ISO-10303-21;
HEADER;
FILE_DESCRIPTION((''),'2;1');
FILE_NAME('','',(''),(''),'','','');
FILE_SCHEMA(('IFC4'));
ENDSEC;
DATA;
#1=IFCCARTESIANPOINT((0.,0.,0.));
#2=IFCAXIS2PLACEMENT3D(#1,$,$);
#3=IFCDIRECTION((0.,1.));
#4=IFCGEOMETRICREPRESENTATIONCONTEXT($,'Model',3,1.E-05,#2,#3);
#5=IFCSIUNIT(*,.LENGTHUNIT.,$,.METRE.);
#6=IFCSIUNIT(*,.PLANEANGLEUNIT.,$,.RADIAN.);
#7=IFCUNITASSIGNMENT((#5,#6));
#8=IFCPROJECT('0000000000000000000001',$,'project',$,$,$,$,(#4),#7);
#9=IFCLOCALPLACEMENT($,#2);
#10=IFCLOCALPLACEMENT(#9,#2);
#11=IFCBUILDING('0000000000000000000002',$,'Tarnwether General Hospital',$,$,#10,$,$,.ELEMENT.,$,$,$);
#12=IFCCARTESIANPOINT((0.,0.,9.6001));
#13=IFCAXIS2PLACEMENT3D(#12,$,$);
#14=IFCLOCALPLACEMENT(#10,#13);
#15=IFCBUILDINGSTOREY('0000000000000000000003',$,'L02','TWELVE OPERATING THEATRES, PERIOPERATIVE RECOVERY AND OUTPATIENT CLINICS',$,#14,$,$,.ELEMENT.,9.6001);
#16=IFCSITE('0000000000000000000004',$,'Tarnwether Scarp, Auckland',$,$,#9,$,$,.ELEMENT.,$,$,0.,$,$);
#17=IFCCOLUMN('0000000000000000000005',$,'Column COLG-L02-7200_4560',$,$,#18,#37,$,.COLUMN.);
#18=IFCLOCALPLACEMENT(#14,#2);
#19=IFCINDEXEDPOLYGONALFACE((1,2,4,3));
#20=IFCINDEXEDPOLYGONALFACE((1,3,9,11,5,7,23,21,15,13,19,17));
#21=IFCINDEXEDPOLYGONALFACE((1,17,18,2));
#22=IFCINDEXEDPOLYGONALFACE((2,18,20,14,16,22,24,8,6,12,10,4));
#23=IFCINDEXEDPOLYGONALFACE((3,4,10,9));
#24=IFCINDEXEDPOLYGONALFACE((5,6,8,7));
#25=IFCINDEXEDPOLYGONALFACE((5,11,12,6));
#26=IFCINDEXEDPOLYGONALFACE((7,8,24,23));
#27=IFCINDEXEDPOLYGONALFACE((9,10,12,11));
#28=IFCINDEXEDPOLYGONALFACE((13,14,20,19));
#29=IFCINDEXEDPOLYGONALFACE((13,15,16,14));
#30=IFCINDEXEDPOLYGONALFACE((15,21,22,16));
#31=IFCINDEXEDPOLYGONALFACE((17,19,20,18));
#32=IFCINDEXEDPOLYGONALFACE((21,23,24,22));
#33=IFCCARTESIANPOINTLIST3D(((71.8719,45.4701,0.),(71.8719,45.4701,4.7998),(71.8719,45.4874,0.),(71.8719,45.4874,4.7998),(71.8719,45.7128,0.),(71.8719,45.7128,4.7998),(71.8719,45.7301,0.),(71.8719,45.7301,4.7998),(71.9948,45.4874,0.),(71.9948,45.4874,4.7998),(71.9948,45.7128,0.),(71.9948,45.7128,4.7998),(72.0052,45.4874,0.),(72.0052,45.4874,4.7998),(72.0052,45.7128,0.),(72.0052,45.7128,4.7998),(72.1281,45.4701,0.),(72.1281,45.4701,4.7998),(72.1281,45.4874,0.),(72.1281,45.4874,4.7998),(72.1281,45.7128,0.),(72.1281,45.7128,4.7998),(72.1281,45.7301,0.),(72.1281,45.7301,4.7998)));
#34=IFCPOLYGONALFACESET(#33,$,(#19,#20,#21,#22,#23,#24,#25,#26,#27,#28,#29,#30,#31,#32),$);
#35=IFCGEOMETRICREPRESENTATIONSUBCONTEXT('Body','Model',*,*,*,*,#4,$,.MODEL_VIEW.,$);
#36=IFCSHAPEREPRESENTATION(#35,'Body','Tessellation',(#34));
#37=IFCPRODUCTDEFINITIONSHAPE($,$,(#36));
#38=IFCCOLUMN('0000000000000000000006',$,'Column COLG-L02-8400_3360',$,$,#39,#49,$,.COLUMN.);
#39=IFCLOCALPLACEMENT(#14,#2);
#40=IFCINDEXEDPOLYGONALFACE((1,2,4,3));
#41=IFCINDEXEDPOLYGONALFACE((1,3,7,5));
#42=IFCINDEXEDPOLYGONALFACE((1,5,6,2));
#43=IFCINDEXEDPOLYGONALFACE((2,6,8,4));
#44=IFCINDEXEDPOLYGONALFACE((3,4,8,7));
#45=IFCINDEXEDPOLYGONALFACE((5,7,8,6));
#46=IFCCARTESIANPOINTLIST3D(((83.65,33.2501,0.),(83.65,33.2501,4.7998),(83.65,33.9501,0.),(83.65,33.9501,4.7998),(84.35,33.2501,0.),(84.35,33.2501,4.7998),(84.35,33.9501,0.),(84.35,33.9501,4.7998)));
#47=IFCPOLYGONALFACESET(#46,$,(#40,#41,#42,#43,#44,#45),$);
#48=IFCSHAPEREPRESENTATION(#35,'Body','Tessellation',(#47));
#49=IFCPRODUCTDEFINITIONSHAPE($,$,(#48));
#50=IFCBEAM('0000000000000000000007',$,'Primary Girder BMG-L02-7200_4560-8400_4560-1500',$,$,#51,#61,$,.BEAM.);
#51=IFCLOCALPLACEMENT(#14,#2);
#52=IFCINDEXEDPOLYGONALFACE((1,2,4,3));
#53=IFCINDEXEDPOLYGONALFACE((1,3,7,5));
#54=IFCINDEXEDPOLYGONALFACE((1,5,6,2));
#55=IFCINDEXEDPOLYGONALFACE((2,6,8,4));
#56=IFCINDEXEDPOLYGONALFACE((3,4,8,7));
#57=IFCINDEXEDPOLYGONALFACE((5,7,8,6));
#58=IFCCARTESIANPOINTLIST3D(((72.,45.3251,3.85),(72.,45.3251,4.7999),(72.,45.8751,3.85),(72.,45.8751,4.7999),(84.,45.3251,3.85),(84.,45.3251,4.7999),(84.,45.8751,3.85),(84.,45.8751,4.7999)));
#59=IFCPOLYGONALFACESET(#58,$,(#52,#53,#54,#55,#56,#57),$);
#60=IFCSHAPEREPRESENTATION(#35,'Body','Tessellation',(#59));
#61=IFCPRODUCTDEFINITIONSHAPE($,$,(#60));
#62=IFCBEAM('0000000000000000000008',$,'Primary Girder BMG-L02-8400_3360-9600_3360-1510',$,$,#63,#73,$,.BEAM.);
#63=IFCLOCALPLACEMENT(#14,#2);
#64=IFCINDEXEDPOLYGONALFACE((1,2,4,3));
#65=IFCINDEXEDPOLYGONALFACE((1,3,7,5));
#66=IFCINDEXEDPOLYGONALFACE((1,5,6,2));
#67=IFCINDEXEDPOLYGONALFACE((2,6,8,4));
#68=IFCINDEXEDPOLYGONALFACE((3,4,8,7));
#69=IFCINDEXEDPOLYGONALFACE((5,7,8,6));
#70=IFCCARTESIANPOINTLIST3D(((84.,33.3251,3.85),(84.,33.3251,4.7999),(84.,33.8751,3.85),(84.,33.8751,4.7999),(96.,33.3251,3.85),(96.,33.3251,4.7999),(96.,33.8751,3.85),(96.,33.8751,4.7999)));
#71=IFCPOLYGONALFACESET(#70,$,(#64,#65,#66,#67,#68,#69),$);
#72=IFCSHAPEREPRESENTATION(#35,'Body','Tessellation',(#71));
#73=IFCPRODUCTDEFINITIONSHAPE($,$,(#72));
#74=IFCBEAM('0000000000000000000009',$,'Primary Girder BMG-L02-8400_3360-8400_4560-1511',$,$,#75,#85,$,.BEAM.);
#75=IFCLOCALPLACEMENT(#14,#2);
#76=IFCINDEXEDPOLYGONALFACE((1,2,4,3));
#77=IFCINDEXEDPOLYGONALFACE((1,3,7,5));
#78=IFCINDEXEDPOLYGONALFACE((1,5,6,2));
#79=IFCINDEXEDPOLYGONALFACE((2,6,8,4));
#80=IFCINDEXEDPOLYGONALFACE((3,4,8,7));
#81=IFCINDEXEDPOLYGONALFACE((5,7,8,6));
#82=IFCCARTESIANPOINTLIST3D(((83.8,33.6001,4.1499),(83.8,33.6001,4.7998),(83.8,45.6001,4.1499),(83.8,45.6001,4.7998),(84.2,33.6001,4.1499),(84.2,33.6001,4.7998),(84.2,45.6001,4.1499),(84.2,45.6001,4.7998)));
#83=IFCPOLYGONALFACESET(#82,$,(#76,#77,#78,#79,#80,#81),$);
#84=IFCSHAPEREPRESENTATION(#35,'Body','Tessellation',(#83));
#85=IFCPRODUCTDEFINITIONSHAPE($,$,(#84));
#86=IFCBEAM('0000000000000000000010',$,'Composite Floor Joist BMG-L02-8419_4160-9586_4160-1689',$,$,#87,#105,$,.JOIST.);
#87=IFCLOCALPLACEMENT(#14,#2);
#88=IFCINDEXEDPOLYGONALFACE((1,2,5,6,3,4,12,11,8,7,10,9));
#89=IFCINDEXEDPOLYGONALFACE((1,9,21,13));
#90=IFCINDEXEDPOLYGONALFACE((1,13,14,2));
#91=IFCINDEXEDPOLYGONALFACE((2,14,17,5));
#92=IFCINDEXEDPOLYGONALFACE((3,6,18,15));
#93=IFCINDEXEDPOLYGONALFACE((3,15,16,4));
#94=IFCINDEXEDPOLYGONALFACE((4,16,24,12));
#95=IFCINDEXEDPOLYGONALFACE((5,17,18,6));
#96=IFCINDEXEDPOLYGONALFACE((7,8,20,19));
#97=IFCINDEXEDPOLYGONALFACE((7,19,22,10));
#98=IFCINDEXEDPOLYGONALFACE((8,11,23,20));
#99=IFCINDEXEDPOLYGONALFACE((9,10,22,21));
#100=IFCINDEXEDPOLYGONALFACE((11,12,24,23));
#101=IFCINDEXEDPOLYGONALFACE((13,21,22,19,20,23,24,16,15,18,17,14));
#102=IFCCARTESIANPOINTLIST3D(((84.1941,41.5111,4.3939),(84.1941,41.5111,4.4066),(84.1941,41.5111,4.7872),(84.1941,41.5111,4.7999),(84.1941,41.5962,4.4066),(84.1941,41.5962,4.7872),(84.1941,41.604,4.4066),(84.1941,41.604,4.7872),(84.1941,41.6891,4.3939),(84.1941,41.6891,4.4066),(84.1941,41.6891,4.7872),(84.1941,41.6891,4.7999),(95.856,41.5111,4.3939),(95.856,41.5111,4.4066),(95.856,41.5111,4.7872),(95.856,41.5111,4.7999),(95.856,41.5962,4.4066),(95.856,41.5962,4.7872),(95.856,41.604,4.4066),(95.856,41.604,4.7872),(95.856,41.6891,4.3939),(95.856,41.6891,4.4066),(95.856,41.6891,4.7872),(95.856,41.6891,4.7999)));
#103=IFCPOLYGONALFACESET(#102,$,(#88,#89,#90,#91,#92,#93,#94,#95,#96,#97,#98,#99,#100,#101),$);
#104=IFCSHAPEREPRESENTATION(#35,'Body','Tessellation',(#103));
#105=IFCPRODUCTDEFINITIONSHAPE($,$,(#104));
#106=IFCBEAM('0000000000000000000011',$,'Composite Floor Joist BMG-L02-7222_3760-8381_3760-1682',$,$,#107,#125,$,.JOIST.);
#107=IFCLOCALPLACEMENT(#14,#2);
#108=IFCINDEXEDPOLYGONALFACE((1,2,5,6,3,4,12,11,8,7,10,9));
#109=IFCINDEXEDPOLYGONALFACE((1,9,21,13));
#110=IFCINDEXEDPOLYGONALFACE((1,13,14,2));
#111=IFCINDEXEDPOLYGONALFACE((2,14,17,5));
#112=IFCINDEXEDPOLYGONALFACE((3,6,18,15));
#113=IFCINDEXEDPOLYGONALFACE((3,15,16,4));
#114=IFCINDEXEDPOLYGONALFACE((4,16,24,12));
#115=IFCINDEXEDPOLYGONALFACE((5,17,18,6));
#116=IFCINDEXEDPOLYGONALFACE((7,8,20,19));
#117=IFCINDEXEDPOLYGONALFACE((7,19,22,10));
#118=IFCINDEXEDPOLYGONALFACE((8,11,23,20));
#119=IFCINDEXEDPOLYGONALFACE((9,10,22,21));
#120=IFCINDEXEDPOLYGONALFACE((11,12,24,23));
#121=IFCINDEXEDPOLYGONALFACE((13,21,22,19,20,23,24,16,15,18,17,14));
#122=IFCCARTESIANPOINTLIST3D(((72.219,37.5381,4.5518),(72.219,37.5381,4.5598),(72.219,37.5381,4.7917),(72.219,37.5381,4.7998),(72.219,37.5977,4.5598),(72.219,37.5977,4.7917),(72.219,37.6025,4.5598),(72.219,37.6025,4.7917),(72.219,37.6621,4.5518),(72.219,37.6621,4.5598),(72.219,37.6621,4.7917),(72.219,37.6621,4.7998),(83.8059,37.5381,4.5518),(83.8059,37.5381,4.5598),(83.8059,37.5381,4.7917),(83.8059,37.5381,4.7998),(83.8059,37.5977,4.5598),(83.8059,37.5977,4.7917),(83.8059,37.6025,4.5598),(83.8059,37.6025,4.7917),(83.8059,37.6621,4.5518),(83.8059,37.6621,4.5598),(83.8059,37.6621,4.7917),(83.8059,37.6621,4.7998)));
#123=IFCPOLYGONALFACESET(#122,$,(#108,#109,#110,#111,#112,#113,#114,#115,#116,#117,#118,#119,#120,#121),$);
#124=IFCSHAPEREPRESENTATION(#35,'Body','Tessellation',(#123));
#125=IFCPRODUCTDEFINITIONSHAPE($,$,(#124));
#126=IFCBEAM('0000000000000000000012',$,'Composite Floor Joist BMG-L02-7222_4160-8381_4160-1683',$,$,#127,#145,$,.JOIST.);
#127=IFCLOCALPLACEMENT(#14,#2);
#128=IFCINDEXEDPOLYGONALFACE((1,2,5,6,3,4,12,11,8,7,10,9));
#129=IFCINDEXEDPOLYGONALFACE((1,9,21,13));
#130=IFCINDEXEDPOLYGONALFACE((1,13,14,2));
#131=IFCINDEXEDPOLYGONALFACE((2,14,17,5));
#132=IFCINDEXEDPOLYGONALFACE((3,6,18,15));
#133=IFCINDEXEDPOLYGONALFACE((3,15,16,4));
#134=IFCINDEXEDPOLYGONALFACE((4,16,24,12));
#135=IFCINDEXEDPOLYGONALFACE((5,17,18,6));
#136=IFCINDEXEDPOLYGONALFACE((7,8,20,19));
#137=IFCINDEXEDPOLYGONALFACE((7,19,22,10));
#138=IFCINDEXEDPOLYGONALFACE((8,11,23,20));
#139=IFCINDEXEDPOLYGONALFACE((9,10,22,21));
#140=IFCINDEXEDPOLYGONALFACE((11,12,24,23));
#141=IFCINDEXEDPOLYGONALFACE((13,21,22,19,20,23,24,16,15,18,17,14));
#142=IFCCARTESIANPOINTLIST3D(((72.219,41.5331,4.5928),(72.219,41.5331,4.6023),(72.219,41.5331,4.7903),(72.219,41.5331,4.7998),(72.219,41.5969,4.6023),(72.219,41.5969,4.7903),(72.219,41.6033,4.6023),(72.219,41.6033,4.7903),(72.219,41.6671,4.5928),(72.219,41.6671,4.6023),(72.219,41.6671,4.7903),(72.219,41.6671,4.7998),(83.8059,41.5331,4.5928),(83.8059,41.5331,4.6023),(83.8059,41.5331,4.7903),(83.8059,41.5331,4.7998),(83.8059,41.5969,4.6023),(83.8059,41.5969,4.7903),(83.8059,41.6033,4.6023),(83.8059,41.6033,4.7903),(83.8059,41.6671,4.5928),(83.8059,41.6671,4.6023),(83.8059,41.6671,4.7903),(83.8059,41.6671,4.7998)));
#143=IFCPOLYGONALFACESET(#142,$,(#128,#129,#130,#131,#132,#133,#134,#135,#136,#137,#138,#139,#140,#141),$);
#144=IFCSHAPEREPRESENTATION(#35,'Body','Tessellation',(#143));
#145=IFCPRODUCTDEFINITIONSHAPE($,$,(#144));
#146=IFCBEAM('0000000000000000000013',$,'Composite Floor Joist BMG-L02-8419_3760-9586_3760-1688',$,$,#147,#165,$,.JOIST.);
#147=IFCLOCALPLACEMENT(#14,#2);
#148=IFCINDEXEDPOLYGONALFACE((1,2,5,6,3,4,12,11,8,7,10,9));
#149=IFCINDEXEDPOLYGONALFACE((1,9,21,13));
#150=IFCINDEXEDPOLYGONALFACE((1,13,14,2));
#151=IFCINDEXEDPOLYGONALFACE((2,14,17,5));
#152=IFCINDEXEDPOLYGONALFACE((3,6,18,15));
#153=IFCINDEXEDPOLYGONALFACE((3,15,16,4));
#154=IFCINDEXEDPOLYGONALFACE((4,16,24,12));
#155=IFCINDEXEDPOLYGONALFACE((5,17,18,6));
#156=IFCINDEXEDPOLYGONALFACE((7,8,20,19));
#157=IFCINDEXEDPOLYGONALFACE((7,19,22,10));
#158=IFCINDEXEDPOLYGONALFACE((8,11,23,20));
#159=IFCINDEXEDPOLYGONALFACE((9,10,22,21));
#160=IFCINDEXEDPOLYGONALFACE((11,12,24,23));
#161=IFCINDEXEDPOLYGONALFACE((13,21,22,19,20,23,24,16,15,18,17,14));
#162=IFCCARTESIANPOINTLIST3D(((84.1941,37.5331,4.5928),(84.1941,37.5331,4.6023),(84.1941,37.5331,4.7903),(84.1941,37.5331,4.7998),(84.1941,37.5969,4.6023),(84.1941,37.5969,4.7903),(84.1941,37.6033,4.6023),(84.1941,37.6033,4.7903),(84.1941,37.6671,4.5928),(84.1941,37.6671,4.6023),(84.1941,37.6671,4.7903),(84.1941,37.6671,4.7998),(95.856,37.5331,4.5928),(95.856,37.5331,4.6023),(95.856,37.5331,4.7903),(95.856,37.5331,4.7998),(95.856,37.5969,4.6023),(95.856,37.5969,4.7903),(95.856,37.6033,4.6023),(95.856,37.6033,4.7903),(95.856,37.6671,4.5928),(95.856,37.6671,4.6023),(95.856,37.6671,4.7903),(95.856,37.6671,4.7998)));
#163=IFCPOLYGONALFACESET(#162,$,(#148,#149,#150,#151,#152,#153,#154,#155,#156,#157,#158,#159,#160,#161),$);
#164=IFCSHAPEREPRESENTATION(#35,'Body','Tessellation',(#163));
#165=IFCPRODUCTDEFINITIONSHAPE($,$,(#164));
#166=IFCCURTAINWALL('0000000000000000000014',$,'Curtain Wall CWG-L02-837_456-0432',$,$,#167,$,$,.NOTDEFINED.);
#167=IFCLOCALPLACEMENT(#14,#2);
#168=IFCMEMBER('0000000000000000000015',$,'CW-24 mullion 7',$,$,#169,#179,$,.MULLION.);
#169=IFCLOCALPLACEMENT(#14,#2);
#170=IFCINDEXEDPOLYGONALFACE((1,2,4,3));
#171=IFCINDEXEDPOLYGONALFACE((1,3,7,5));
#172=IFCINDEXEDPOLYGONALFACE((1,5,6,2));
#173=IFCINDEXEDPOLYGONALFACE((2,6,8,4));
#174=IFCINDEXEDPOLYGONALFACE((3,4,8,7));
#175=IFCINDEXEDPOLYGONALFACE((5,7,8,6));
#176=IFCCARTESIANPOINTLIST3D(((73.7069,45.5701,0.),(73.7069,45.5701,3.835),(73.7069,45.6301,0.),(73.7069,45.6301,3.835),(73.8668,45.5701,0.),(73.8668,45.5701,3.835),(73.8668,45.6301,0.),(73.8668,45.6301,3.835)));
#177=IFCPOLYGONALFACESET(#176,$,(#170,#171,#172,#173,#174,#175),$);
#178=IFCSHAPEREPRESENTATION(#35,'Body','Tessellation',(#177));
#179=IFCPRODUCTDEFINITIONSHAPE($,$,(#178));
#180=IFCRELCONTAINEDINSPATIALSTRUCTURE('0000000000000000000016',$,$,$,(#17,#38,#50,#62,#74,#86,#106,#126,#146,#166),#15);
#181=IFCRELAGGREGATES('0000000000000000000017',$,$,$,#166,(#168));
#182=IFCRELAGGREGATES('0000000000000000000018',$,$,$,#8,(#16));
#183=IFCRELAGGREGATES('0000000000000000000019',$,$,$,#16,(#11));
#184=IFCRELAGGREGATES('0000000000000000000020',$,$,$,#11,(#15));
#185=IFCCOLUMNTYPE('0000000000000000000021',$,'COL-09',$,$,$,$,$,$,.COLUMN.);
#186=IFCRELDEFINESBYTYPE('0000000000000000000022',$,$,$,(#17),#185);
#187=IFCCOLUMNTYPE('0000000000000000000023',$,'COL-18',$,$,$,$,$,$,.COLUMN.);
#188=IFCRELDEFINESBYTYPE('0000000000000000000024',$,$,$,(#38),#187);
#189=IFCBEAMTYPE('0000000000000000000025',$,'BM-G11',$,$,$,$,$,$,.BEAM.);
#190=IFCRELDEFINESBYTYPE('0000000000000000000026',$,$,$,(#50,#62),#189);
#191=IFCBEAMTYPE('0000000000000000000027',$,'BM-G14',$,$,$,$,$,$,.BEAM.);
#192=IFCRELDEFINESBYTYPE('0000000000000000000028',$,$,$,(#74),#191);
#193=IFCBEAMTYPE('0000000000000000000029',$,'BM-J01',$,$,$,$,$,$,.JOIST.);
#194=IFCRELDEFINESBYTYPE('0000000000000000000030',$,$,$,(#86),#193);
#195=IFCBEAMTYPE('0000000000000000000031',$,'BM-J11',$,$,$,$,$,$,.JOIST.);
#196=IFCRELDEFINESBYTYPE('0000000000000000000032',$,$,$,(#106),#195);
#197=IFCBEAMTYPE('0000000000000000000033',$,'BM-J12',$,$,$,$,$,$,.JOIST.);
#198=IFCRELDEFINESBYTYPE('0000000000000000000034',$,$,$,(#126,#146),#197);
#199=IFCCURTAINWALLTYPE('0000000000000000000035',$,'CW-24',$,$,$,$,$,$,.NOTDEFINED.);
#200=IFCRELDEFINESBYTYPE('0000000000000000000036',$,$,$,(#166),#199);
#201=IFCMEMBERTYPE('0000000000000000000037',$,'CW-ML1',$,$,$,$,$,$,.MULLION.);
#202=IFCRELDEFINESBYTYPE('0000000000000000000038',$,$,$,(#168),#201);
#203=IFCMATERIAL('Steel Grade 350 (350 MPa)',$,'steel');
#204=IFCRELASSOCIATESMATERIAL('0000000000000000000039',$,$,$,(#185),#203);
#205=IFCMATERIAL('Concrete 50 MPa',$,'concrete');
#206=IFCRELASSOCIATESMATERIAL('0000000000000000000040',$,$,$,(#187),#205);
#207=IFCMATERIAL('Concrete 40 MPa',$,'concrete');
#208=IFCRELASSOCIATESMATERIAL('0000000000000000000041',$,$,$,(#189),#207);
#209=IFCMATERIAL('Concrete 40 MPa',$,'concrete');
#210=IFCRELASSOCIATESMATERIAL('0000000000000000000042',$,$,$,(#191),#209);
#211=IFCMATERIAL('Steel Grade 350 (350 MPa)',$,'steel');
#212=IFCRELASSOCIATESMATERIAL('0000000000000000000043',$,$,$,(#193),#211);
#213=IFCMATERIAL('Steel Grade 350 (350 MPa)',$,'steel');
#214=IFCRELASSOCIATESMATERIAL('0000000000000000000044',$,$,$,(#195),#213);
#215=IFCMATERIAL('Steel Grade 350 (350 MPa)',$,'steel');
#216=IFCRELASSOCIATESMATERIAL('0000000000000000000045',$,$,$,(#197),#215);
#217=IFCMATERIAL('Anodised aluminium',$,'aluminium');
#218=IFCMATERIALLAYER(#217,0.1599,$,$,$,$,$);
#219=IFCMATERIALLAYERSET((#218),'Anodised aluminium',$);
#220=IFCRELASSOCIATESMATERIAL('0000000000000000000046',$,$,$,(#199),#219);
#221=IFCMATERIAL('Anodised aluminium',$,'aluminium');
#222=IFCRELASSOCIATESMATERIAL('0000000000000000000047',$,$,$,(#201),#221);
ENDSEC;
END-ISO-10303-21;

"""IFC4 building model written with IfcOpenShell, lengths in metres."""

from ifc_helpers import new_model, si_unit, direction, frame, origin, origin_2d, place, context, subcontext, project, spatial, rectangle, i_section, extrude, material, layer, layer_set, material_profile, profile_set, type_object, element, aggregate, save


model = new_model("IFC4")

# Units and contexts
model_context = context("Model", 3, precision=1e-05, world=origin(), true_north=direction((0.0, 1.0)))
body_context = subcontext(model_context, "Body", "Model", "MODEL_VIEW")
ifc_project = project(units=[si_unit("LENGTHUNIT", "METRE"), si_unit("PLANEANGLEUNIT", "RADIAN")], contexts=[model_context])

# Site, building, storey
site_placement = place(None, origin())
site = spatial("IfcSite", under=ifc_project, at=site_placement, Name="Tarnwether Scarp, Auckland", CompositionType="ELEMENT", RefElevation=0.0)
building_placement = place(site_placement, origin())
building = spatial("IfcBuilding", under=site, at=building_placement, Name="Tarnwether General Hospital", CompositionType="ELEMENT")
storey_placement = place(building_placement, frame((0.0, 0.0, 9.6001)))
storey = spatial("IfcBuildingStorey", under=building, at=storey_placement, Name="L02", Description="TWELVE OPERATING THEATRES, PERIOPERATIVE RECOVERY AND OUTPATIENT CLINICS", CompositionType="ELEMENT", Elevation=9.6001)

# Columns
ifc_material_1 = material(Name="Steel Grade 350 (350 MPa)", Category="steel")
ifc_material_profile_1 = material_profile(ifc_material_1, i_section(OverallWidth=0.2561, OverallDepth=0.26, WebThickness=0.0105, FlangeThickness=0.0173, at=origin_2d()), Name="250UC89.5")
ifc_profile_set_1 = profile_set([ifc_material_profile_1], Name="Steel Grade 350 (350 MPa)")
column_type_1 = type_object("IfcColumnType", Name="COL-09", PredefinedType="COLUMN", material=ifc_profile_set_1)
column_1_placement = place(storey_placement, frame((72.0, 45.6001, 0.0), z_axis=(0.0, 0.0, 1.0), x_axis=(1.0, 0.0, 0.0)))
element("IfcColumn", 1, at=column_1_placement, inside=storey, type_object=column_type_1, Name="Column COLG-L02-7200_4560", PredefinedType="COLUMN", context=body_context, shape_type="SweptSolid", body=[
    extrude(i_section(OverallWidth=0.2561, OverallDepth=0.26, WebThickness=0.0105, FlangeThickness=0.0173, at=origin_2d()), origin(), (0.0, 0.0, 1.0), 4.7998),
])
ifc_material_2 = material(Name="Concrete 50 MPa", Category="concrete")
ifc_material_profile_2 = material_profile(ifc_material_2, rectangle(XDim=0.7, YDim=0.7, at=origin_2d()), Name="RC-COL-700x700")
ifc_profile_set_2 = profile_set([ifc_material_profile_2], Name="Concrete 50 MPa")
column_type_2 = type_object("IfcColumnType", Name="COL-18", PredefinedType="COLUMN", material=ifc_profile_set_2)
column_2_placement = place(storey_placement, frame((84.0, 33.6001, 0.0), z_axis=(0.0, 0.0, 1.0), x_axis=(0.0, 1.0, 0.0)))
element("IfcColumn", 2, at=column_2_placement, inside=storey, type_object=column_type_2, Name="Column COLG-L02-8400_3360", PredefinedType="COLUMN", context=body_context, shape_type="SweptSolid", body=[
    extrude(rectangle(XDim=0.7, YDim=0.7, at=origin_2d()), origin(), (0.0, 0.0, 1.0), 4.7998),
])

# Beams
ifc_material_3 = material(Name="Concrete 40 MPa", Category="concrete")
ifc_material_profile_3 = material_profile(ifc_material_3, rectangle(XDim=0.55, YDim=0.95, at=origin_2d()), Name="RC-BM-550x950")
ifc_profile_set_3 = profile_set([ifc_material_profile_3], Name="Concrete 40 MPa")
beam_type_1 = type_object("IfcBeamType", Name="BM-G11", PredefinedType="BEAM", material=ifc_profile_set_3)
for number, where, z_axis, x_axis, name in (
    (3, (72.0, 45.6001, 4.325), (1.0, 0.0, 0.0), (0.0, 1.0, 0.0), "Primary Girder BMG-L02-7200_4560-8400_4560-1500"),
    (4, (84.0, 33.6001, 4.325), (1.0, 0.0, 0.0), (0.0, 1.0, 0.0), "Primary Girder BMG-L02-8400_3360-9600_3360-1510"),
):
    element("IfcBeam", number, at=place(storey_placement, frame(where, z_axis=z_axis, x_axis=x_axis)), inside=storey, type_object=beam_type_1, Name=name, PredefinedType="BEAM", context=body_context, shape_type="SweptSolid", body=[
        extrude(rectangle(XDim=0.55, YDim=0.95, at=origin_2d()), origin(), (0.0, 0.0, 1.0), 12.0),
    ])
ifc_material_4 = material(Name="Concrete 40 MPa", Category="concrete")
ifc_material_profile_4 = material_profile(ifc_material_4, rectangle(XDim=0.3999, YDim=0.6499, at=origin_2d()), Name="RC-BM-400x650")
ifc_profile_set_4 = profile_set([ifc_material_profile_4], Name="Concrete 40 MPa")
beam_type_2 = type_object("IfcBeamType", Name="BM-G14", PredefinedType="BEAM", material=ifc_profile_set_4)
beam_1_placement = place(storey_placement, frame((84.0, 33.6001, 4.4749), z_axis=(0.0, 1.0, 0.0), x_axis=(-1.0, 0.0, 0.0)))
element("IfcBeam", 5, at=beam_1_placement, inside=storey, type_object=beam_type_2, Name="Primary Girder BMG-L02-8400_3360-8400_4560-1511", PredefinedType="BEAM", context=body_context, shape_type="SweptSolid", body=[
    extrude(rectangle(XDim=0.3999, YDim=0.6499, at=origin_2d()), origin(), (0.0, 0.0, 1.0), 12.0),
])
ifc_material_5 = material(Name="Steel Grade 350 (350 MPa)", Category="steel")
ifc_material_profile_5 = material_profile(ifc_material_5, i_section(OverallWidth=0.178, OverallDepth=0.406, WebThickness=0.0078, FlangeThickness=0.0127, at=origin_2d()), Name="410UB59.7")
ifc_profile_set_5 = profile_set([ifc_material_profile_5], Name="Steel Grade 350 (350 MPa)")
beam_type_3 = type_object("IfcBeamType", Name="BM-J01", PredefinedType="JOIST", material=ifc_profile_set_5)
beam_2_placement = place(storey_placement, frame((84.1941, 41.6001, 4.5969), z_axis=(1.0, 0.0, 0.0), x_axis=(0.0, 1.0, 0.0)))
element("IfcBeam", 6, at=beam_2_placement, inside=storey, type_object=beam_type_3, Name="Composite Floor Joist BMG-L02-8419_4160-9586_4160-1689", PredefinedType="JOIST", context=body_context, shape_type="SweptSolid", body=[
    extrude(i_section(OverallWidth=0.178, OverallDepth=0.406, WebThickness=0.0078, FlangeThickness=0.0127, at=origin_2d()), origin(), (0.0, 0.0, 1.0), 11.6619),
])
ifc_material_6 = material(Name="Steel Grade 350 (350 MPa)", Category="steel")
ifc_material_profile_6 = material_profile(ifc_material_6, i_section(OverallWidth=0.124, OverallDepth=0.248, WebThickness=0.0049, FlangeThickness=0.0081, at=origin_2d()), Name="250UB25.7")
ifc_profile_set_6 = profile_set([ifc_material_profile_6], Name="Steel Grade 350 (350 MPa)")
beam_type_4 = type_object("IfcBeamType", Name="BM-J11", PredefinedType="JOIST", material=ifc_profile_set_6)
beam_3_placement = place(storey_placement, frame((72.219, 37.6001, 4.6758), z_axis=(1.0, 0.0, 0.0), x_axis=(0.0, 1.0, 0.0)))
element("IfcBeam", 7, at=beam_3_placement, inside=storey, type_object=beam_type_4, Name="Composite Floor Joist BMG-L02-7222_3760-8381_3760-1682", PredefinedType="JOIST", context=body_context, shape_type="SweptSolid", body=[
    extrude(i_section(OverallWidth=0.124, OverallDepth=0.248, WebThickness=0.0049, FlangeThickness=0.0081, at=origin_2d()), origin(), (0.0, 0.0, 1.0), 11.5869),
])
ifc_material_7 = material(Name="Steel Grade 350 (350 MPa)", Category="steel")
ifc_material_profile_7 = material_profile(ifc_material_7, i_section(OverallWidth=0.134, OverallDepth=0.207, WebThickness=0.0063, FlangeThickness=0.0095, at=origin_2d()), Name="200UB29.8")
ifc_profile_set_7 = profile_set([ifc_material_profile_7], Name="Steel Grade 350 (350 MPa)")
beam_type_5 = type_object("IfcBeamType", Name="BM-J12", PredefinedType="JOIST", material=ifc_profile_set_7)
beam_4_placement = place(storey_placement, frame((72.219, 41.6001, 4.6963), z_axis=(1.0, 0.0, 0.0), x_axis=(0.0, 1.0, 0.0)))
element("IfcBeam", 8, at=beam_4_placement, inside=storey, type_object=beam_type_5, Name="Composite Floor Joist BMG-L02-7222_4160-8381_4160-1683", PredefinedType="JOIST", context=body_context, shape_type="SweptSolid", body=[
    extrude(i_section(OverallWidth=0.134, OverallDepth=0.207, WebThickness=0.0063, FlangeThickness=0.0095, at=origin_2d()), origin(), (0.0, 0.0, 1.0), 11.5869),
])
beam_5_placement = place(storey_placement, frame((84.1941, 37.6001, 4.6963), z_axis=(1.0, 0.0, 0.0), x_axis=(0.0, 1.0, 0.0)))
element("IfcBeam", 9, at=beam_5_placement, inside=storey, type_object=beam_type_5, Name="Composite Floor Joist BMG-L02-8419_3760-9586_3760-1688", PredefinedType="JOIST", context=body_context, shape_type="SweptSolid", body=[
    extrude(i_section(OverallWidth=0.134, OverallDepth=0.207, WebThickness=0.0063, FlangeThickness=0.0095, at=origin_2d()), origin(), (0.0, 0.0, 1.0), 11.6619),
])

# Curtain wall, member
ifc_material_8 = material(Name="Anodised aluminium", Category="aluminium")
ifc_layer_1 = layer(ifc_material_8, 0.1599)
ifc_layer_set_1 = layer_set([ifc_layer_1], Name="Anodised aluminium")
curtain_wall_type = type_object("IfcCurtainWallType", Name="CW-24", PredefinedType="NOTDEFINED", material=ifc_layer_set_1)
curtain_wall_1_placement = place(storey_placement, origin())
curtain_wall_1 = element("IfcCurtainWall", 10, at=curtain_wall_1_placement, inside=storey, type_object=curtain_wall_type, Name="Curtain Wall CWG-L02-837_456-0432", PredefinedType="NOTDEFINED")
ifc_material_9 = material(Name="Anodised aluminium", Category="aluminium")
ifc_material_profile_8 = material_profile(ifc_material_9, rectangle(XDim=0.0601, YDim=0.1599, at=origin_2d()), Name="ALU-MUL-60x160")
ifc_profile_set_8 = profile_set([ifc_material_profile_8], Name="Anodised aluminium")
member_type_1 = type_object("IfcMemberType", Name="CW-ML1", PredefinedType="MULLION", material=ifc_profile_set_8)
member_1_placement = place(storey_placement, frame((73.7869, 45.6001, 0.0), z_axis=(0.0, 0.0, 1.0), x_axis=(0.0, -1.0, 0.0)))
member_1 = element("IfcMember", 11, at=member_1_placement, type_object=member_type_1, Name="CW-24 mullion 7", PredefinedType="MULLION", context=body_context, shape_type="SweptSolid", body=[
    extrude(rectangle(XDim=0.0601, YDim=0.1599, at=origin_2d()), origin(), (0.0, 0.0, 1.0), 3.835),
])

aggregate(curtain_wall_1, [member_1])

save(model, "model.ifc")
